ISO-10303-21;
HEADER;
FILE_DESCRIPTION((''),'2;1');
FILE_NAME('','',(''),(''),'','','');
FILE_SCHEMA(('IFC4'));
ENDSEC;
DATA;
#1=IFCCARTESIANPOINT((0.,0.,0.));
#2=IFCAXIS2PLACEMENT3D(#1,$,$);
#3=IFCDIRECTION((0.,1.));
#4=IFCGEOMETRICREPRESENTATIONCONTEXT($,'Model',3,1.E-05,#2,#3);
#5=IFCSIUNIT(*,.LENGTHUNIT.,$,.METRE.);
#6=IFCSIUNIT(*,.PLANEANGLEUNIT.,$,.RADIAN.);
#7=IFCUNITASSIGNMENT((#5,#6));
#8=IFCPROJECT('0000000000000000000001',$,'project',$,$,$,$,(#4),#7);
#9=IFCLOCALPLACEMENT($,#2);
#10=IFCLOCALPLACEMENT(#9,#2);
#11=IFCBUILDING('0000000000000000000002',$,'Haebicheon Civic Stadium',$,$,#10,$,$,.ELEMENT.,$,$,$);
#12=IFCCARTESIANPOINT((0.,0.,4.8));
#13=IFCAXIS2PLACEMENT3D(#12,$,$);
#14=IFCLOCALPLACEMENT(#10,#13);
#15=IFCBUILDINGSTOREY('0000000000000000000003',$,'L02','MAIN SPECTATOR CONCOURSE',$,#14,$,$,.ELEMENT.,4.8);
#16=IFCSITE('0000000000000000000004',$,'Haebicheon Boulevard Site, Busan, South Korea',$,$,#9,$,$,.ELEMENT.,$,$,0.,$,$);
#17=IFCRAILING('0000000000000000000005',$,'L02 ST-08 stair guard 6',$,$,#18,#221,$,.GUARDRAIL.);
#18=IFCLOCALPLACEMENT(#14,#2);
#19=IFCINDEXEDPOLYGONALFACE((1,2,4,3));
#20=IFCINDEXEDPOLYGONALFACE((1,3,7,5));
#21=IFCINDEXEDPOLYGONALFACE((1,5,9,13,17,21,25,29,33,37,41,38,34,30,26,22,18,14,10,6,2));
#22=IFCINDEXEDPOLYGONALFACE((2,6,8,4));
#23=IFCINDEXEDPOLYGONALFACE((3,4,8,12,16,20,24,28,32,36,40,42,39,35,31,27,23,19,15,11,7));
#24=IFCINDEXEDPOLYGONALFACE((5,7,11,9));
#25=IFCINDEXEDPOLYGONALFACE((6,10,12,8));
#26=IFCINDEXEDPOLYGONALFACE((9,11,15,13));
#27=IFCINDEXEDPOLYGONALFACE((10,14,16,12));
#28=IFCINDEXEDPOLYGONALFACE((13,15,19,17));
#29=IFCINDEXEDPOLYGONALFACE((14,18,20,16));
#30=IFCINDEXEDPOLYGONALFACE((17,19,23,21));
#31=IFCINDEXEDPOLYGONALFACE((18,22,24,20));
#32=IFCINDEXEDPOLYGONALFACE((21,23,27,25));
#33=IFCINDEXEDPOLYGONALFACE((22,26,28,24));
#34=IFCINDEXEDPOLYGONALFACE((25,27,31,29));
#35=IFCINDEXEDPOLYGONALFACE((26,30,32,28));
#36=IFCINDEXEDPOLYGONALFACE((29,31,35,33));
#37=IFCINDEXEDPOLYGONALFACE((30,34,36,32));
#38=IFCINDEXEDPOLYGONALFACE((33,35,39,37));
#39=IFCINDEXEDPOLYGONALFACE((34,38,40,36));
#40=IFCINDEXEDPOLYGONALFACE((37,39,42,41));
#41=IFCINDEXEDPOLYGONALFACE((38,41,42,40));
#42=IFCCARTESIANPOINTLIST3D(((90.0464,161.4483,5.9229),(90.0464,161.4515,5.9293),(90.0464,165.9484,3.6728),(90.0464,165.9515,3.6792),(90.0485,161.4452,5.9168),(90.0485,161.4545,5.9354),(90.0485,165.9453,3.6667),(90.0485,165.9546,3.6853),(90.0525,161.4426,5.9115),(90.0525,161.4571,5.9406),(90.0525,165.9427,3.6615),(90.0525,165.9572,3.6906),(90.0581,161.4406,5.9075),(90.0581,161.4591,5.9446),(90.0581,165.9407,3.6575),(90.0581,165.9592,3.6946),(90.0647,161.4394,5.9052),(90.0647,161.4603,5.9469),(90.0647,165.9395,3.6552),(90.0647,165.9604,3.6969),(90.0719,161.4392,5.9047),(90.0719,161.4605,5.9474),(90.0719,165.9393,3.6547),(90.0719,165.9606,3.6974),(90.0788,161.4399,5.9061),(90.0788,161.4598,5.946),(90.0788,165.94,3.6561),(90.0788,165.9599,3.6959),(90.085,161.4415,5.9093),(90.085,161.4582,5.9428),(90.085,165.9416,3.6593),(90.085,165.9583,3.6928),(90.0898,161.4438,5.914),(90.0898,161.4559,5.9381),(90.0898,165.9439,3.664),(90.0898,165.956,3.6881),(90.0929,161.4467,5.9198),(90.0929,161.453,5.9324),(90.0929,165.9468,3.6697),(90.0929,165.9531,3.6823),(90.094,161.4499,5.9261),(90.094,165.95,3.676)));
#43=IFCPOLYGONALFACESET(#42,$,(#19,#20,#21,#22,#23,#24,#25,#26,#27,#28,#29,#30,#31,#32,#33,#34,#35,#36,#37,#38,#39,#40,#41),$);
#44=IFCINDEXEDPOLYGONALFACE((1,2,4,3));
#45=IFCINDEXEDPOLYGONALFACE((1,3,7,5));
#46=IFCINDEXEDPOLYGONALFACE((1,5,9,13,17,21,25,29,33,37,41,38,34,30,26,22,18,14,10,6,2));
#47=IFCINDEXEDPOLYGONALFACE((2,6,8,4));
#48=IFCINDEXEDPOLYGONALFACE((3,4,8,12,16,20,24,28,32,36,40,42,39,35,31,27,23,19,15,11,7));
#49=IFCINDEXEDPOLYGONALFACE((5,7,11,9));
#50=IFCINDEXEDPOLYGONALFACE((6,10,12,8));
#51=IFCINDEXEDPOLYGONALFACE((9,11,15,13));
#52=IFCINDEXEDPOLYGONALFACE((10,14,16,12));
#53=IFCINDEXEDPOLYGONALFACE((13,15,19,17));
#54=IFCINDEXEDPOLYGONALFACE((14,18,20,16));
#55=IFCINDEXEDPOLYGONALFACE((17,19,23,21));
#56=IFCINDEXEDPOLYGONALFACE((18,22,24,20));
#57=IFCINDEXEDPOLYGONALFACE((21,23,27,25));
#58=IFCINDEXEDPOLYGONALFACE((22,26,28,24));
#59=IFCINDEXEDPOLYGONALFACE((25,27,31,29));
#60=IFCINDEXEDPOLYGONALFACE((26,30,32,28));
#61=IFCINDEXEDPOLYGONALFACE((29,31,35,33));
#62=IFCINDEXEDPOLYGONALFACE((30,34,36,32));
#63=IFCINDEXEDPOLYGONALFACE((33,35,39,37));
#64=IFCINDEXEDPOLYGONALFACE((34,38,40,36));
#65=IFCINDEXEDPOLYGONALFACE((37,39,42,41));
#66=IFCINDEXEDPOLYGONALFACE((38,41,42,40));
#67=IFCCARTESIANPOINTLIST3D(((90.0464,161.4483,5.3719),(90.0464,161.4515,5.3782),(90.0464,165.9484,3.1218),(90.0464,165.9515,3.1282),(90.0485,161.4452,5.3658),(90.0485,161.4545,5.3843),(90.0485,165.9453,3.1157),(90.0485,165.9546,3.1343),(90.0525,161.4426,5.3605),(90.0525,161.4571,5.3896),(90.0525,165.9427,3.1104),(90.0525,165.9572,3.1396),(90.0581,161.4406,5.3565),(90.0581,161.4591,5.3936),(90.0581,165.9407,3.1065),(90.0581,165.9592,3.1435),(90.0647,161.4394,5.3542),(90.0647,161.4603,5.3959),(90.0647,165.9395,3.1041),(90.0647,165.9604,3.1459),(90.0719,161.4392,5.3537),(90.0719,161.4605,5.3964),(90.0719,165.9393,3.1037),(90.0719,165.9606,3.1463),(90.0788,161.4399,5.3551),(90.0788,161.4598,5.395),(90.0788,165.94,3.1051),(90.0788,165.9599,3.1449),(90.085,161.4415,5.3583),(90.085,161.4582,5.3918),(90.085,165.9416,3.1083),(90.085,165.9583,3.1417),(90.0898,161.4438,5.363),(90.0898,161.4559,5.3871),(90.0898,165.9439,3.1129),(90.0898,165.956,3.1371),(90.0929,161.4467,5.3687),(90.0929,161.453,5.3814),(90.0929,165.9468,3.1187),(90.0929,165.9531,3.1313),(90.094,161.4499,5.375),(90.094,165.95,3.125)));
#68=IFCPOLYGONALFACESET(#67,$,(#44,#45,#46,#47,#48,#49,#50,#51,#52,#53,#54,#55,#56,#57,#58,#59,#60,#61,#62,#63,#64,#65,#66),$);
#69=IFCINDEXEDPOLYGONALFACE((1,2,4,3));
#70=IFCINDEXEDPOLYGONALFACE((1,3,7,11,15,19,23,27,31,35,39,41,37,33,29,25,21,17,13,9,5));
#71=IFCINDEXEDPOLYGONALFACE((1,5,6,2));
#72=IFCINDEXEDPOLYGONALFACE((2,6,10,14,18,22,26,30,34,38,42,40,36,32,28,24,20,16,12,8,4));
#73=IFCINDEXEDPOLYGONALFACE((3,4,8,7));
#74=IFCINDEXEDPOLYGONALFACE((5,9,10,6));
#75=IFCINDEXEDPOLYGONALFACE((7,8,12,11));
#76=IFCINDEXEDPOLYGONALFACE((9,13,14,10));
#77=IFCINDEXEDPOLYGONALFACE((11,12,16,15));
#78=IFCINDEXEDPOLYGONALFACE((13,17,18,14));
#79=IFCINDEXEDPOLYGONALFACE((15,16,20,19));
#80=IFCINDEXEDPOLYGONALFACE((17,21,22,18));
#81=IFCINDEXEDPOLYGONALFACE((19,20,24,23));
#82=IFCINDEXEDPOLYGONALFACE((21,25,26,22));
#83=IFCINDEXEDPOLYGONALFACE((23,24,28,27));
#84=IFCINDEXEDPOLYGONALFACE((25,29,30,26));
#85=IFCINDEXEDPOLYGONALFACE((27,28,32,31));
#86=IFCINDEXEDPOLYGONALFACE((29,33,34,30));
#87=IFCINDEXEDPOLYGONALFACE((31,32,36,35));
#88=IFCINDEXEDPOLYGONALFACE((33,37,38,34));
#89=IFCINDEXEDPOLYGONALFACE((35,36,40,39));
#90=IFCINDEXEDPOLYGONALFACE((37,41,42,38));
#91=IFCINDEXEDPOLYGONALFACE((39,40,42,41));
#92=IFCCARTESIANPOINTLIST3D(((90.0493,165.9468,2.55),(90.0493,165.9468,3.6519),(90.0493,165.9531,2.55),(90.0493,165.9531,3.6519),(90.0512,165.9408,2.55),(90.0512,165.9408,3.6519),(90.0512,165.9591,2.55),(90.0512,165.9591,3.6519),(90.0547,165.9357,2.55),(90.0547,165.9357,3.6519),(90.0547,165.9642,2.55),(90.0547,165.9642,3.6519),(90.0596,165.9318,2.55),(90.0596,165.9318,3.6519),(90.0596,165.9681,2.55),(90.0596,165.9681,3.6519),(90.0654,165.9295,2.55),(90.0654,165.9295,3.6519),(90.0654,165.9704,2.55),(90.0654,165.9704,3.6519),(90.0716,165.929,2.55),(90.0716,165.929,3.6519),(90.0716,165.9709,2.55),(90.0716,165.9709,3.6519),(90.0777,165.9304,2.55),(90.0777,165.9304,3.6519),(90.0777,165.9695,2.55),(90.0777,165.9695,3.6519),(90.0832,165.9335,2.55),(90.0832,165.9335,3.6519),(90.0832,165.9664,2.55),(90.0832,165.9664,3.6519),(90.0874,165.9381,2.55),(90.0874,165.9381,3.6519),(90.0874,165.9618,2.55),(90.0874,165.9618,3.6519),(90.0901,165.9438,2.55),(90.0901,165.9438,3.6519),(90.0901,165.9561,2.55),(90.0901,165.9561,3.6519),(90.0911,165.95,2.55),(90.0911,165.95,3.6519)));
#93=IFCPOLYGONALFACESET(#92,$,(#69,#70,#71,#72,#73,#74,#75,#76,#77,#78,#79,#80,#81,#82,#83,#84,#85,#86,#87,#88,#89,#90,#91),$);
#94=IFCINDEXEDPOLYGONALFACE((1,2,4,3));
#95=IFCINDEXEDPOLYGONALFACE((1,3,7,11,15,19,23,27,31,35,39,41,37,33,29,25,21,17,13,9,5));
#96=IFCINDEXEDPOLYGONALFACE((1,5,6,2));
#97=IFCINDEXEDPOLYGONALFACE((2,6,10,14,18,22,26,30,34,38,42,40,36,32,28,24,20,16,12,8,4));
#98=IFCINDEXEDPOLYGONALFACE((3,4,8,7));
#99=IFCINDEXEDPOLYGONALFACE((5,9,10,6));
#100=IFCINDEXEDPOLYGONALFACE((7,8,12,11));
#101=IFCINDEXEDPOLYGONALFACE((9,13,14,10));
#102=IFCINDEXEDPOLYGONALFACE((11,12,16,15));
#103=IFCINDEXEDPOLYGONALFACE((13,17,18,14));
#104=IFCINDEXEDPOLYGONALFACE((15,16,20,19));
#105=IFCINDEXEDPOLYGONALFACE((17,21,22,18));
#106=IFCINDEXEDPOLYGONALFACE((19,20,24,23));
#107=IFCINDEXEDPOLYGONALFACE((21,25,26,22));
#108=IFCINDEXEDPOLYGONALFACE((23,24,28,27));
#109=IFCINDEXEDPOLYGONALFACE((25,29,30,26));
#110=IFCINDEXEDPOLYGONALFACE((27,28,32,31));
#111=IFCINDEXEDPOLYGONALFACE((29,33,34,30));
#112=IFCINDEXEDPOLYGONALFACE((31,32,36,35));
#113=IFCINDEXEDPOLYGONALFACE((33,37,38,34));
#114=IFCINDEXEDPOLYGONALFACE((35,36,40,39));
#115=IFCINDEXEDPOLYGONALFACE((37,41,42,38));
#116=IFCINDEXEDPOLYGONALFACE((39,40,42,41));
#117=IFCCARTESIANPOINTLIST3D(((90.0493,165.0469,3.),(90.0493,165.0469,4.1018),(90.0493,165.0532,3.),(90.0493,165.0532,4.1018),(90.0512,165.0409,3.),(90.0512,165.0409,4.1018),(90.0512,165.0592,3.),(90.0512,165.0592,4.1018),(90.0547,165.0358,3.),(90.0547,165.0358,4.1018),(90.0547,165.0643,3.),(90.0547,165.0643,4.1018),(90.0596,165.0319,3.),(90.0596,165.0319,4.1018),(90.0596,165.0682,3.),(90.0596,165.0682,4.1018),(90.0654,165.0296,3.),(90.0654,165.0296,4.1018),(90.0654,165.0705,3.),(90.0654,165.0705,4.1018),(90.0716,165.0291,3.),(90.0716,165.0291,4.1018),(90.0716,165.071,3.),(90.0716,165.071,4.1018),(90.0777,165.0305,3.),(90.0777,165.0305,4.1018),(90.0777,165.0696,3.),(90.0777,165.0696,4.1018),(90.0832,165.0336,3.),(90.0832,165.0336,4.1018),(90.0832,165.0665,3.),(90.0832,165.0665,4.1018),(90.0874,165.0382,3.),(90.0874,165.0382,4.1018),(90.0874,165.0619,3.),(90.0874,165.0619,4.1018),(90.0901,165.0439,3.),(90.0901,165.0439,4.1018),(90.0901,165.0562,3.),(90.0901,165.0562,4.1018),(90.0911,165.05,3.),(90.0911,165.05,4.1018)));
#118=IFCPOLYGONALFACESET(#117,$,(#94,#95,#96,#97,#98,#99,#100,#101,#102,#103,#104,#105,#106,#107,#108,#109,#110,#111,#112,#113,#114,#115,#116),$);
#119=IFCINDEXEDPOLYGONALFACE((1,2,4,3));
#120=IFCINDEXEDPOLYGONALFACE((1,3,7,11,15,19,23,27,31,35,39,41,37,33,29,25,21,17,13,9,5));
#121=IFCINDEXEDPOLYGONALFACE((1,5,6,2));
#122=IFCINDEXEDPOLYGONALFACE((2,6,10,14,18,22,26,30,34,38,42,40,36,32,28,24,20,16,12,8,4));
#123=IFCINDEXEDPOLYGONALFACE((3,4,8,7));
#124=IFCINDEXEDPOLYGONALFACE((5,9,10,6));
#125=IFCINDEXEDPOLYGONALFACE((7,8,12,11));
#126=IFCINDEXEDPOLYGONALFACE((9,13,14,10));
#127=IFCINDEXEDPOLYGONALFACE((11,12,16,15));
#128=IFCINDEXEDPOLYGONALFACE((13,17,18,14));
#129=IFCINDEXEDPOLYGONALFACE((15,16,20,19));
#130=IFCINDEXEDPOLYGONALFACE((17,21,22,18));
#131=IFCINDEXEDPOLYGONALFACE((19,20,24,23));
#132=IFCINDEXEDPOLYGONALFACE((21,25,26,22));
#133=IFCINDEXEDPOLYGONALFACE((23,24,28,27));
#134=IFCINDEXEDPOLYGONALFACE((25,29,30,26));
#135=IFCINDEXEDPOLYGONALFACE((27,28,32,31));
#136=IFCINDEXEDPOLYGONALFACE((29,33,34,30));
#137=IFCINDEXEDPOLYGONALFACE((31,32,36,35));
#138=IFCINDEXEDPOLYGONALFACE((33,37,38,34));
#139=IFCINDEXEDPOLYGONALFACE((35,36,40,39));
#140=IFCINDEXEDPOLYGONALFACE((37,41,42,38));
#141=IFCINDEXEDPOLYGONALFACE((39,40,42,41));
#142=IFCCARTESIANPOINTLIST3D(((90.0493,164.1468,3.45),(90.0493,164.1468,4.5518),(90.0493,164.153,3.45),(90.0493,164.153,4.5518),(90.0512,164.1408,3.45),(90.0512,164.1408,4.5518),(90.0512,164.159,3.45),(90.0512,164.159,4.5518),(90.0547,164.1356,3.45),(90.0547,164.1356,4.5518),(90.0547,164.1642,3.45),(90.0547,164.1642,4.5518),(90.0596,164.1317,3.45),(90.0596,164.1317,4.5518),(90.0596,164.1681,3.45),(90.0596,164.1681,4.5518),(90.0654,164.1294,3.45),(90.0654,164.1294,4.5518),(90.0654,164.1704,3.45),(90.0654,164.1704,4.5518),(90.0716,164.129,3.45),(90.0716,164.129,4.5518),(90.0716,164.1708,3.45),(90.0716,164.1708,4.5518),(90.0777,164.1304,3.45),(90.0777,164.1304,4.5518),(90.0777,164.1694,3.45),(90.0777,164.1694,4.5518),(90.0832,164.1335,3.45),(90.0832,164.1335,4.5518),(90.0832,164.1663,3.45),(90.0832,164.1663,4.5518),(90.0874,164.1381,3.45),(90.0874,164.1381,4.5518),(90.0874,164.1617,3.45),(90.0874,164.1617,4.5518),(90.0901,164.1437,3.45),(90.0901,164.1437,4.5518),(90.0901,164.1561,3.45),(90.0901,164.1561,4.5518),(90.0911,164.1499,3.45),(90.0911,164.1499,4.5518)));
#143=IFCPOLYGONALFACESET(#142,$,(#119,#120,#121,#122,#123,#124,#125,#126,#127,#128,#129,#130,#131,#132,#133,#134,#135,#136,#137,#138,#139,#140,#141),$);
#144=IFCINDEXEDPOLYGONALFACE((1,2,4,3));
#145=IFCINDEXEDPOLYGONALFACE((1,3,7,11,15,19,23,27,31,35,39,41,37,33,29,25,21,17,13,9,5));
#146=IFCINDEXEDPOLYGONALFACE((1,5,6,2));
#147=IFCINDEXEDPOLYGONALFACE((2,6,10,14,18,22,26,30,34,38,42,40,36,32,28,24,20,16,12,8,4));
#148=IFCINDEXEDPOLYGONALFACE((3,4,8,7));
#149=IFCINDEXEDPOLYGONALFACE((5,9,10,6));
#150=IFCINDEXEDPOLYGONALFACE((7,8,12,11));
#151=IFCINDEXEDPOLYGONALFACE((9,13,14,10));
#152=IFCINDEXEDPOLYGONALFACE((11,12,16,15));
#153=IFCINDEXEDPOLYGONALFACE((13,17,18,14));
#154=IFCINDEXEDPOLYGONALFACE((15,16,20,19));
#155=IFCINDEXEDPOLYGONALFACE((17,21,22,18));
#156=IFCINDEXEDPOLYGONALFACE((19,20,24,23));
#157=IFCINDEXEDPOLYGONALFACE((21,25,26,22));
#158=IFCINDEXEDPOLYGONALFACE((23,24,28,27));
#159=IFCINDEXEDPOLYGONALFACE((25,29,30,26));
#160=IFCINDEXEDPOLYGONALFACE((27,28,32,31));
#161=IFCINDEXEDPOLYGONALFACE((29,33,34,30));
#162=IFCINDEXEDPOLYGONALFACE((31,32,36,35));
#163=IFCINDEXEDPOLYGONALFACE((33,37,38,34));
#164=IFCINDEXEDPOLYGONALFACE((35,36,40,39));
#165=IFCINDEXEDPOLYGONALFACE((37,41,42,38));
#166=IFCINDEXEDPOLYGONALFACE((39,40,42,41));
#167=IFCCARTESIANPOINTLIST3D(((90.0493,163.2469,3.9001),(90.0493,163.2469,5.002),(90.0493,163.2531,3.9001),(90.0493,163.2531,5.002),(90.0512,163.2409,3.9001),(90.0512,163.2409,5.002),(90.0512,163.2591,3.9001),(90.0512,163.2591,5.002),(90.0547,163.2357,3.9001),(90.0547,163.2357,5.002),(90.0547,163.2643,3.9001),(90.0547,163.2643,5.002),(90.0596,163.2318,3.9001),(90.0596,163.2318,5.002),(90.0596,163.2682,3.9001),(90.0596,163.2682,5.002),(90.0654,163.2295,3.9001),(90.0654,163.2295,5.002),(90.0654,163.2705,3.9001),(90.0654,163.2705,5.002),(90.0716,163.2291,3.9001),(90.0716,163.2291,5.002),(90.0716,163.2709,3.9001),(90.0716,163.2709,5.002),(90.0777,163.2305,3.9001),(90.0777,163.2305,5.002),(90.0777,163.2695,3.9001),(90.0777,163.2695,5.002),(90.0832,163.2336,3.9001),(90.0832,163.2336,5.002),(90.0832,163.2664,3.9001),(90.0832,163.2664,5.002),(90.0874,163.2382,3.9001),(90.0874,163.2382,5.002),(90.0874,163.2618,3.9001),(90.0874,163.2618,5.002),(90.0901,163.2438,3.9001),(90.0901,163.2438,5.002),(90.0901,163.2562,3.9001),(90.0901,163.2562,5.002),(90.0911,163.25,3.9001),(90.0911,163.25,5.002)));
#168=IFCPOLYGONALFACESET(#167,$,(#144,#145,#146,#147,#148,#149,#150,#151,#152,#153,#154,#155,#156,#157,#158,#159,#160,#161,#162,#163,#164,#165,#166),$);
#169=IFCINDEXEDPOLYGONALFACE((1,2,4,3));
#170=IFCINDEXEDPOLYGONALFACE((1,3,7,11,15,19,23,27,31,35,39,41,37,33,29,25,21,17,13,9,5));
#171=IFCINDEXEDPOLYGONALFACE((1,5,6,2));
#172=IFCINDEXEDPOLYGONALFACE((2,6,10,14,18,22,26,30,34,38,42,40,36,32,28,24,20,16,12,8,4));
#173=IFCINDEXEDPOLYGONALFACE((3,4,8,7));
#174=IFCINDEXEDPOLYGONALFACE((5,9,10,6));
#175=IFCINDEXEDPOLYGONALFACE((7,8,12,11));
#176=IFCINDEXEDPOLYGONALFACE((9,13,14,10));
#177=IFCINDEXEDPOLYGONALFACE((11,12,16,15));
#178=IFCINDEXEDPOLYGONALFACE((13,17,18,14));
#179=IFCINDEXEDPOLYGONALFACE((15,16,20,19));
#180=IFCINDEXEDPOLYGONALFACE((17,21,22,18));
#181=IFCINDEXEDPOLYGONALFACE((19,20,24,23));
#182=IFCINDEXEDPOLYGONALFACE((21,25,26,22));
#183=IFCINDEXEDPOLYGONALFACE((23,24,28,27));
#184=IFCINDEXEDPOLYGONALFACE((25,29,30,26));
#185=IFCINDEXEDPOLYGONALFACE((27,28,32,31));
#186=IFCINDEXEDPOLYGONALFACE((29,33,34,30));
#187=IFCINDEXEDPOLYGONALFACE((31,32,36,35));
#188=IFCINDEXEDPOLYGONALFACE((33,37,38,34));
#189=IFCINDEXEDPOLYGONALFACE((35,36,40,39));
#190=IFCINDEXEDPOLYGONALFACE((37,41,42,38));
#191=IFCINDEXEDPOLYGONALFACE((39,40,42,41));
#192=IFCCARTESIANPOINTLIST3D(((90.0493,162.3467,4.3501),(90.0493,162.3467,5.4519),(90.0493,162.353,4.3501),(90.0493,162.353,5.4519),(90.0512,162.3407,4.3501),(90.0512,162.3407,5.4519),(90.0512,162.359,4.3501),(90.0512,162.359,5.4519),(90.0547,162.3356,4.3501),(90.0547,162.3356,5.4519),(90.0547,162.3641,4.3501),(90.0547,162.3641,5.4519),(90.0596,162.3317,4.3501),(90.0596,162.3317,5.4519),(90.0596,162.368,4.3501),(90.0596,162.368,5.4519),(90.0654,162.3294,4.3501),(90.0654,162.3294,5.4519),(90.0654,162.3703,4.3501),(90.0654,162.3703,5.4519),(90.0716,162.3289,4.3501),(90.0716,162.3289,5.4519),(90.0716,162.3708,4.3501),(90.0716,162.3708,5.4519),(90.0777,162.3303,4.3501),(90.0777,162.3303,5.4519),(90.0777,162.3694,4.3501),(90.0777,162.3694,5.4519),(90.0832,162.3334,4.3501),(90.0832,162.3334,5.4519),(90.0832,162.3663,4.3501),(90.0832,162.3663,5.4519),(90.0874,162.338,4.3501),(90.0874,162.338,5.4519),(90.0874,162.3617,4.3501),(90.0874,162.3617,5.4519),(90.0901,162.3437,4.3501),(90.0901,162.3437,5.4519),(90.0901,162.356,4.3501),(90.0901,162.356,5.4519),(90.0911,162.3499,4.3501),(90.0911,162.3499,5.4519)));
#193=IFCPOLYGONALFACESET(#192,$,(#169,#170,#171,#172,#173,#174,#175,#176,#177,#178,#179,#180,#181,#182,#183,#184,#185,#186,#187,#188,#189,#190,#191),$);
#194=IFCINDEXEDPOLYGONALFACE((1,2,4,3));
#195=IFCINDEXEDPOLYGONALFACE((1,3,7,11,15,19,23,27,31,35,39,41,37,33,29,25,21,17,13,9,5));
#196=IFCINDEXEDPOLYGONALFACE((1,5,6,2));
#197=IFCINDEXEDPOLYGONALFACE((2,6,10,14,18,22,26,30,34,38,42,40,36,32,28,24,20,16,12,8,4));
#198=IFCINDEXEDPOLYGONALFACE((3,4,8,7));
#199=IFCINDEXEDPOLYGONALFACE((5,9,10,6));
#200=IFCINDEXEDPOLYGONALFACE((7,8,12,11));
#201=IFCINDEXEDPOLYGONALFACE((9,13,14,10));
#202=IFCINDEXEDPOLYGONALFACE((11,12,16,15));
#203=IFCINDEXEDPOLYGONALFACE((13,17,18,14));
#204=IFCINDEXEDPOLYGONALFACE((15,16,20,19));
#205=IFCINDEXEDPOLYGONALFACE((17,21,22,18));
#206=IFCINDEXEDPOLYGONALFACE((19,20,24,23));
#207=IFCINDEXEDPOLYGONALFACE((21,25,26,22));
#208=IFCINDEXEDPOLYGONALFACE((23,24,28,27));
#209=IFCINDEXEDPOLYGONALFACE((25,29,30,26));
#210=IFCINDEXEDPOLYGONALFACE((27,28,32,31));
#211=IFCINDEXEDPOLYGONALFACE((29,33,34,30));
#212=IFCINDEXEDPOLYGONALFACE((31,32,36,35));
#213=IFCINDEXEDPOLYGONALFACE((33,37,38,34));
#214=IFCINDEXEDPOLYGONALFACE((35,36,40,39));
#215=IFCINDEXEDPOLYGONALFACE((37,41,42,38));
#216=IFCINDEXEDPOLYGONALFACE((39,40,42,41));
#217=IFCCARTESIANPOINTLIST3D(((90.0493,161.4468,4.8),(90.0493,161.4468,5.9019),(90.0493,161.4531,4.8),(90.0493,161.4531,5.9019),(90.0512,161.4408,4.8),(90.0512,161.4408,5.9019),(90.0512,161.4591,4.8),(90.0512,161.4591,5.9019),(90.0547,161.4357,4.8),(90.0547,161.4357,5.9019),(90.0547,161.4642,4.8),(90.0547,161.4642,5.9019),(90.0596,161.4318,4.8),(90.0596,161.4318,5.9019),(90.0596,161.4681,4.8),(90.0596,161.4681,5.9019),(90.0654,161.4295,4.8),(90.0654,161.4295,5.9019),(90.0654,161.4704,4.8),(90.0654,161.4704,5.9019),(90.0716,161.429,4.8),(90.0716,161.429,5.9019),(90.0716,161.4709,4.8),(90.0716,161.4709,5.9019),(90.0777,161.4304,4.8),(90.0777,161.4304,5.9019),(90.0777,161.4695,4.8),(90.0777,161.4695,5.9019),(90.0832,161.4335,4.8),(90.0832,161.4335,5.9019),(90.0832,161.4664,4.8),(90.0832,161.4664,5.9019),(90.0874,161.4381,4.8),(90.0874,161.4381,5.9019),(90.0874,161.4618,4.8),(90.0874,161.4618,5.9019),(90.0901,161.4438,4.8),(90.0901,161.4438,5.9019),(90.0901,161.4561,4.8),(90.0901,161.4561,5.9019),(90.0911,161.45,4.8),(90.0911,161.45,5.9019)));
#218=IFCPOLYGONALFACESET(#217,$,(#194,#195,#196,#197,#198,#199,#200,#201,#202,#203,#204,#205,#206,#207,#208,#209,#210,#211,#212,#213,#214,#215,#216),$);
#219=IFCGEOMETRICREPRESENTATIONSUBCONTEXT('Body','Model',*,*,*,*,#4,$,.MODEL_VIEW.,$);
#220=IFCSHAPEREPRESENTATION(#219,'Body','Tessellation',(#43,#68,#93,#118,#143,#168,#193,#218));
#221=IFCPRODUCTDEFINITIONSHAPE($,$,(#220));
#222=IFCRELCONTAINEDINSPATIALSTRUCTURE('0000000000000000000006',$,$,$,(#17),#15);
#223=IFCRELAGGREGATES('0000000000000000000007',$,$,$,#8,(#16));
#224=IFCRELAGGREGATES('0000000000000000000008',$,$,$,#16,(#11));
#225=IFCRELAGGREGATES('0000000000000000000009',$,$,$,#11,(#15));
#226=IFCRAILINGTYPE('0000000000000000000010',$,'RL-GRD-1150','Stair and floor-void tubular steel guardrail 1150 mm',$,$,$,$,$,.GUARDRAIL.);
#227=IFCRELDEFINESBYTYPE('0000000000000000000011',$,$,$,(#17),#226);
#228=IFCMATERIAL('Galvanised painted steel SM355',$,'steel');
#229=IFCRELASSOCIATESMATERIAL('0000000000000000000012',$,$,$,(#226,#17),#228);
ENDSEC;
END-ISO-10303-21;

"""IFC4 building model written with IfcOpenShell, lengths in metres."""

from ifc_helpers import new_model, si_unit, direction, frame, origin, origin_2d, place, context, subcontext, project, spatial, circle, extrude, material, type_object, element, save


model = new_model("IFC4")

# Units and contexts
model_context = context("Model", 3, precision=1e-05, world=origin(), true_north=direction((0.0, 1.0)))
body_context = subcontext(model_context, "Body", "Model", "MODEL_VIEW")
ifc_project = project(units=[si_unit("LENGTHUNIT", "METRE"), si_unit("PLANEANGLEUNIT", "RADIAN")], contexts=[model_context])

# Site, building, storey
site_placement = place(None, origin())
site = spatial("IfcSite", under=ifc_project, at=site_placement, Name="Haebicheon Boulevard Site, Busan, South Korea", CompositionType="ELEMENT", RefElevation=0.0)
building_placement = place(site_placement, origin())
building = spatial("IfcBuilding", under=site, at=building_placement, Name="Haebicheon Civic Stadium", CompositionType="ELEMENT")
storey_placement = place(building_placement, frame((0.0, 0.0, 4.8)))
storey = spatial("IfcBuildingStorey", under=building, at=storey_placement, Name="L02", Description="MAIN SPECTATOR CONCOURSE", CompositionType="ELEMENT", Elevation=4.8)

# Railing
ifc_material_1 = material(Name="Galvanised painted steel SM355", Category="steel")
railing_type_1 = type_object("IfcRailingType", Name="RL-GRD-1150", Description="Stair and floor-void tubular steel guardrail 1150 mm", PredefinedType="GUARDRAIL", material=ifc_material_1)
railing_1_placement = place(storey_placement, frame((90.0701, 165.95, 2.55)))
element("IfcRailing", 1, at=railing_1_placement, inside=storey, type_object=railing_type_1, material=ifc_material_1, Name="L02 ST-08 stair guard 6", PredefinedType="GUARDRAIL", context=body_context, shape_type="SweptSolid", body=[
    extrude(circle(Radius=0.0239, at=origin_2d()), frame((0.0, 0.0, 1.126), z_axis=(0.0, -0.894427, 0.447214), x_axis=(1.0, 0.0, 0.0)), (0.0, 0.0, 1.0), 5.0312),
    extrude(circle(Radius=0.0239, at=origin_2d()), frame((0.0, 0.0, 0.575), z_axis=(0.0, -0.894427, 0.447214), x_axis=(1.0, 0.0, 0.0)), (0.0, 0.0, 1.0), 5.0312),
    extrude(circle(Radius=0.021, at=origin_2d()), origin(), (0.0, 0.0, 1.0), 1.1018),
    extrude(circle(Radius=0.021, at=origin_2d()), frame((0.0, -0.8999, 0.45)), (0.0, 0.0, 1.0), 1.1018),
    extrude(circle(Radius=0.021, at=origin_2d()), frame((0.0, -1.8, 0.8999)), (0.0, 0.0, 1.0), 1.1018),
    extrude(circle(Radius=0.021, at=origin_2d()), frame((0.0, -2.7, 1.3501)), (0.0, 0.0, 1.0), 1.1018),
    extrude(circle(Radius=0.021, at=origin_2d()), frame((0.0, -3.6001, 1.8)), (0.0, 0.0, 1.0), 1.1018),
    extrude(circle(Radius=0.021, at=origin_2d()), frame((0.0, -4.5, 2.25)), (0.0, 0.0, 1.0), 1.1018),
])

save(model, "model.ifc")
